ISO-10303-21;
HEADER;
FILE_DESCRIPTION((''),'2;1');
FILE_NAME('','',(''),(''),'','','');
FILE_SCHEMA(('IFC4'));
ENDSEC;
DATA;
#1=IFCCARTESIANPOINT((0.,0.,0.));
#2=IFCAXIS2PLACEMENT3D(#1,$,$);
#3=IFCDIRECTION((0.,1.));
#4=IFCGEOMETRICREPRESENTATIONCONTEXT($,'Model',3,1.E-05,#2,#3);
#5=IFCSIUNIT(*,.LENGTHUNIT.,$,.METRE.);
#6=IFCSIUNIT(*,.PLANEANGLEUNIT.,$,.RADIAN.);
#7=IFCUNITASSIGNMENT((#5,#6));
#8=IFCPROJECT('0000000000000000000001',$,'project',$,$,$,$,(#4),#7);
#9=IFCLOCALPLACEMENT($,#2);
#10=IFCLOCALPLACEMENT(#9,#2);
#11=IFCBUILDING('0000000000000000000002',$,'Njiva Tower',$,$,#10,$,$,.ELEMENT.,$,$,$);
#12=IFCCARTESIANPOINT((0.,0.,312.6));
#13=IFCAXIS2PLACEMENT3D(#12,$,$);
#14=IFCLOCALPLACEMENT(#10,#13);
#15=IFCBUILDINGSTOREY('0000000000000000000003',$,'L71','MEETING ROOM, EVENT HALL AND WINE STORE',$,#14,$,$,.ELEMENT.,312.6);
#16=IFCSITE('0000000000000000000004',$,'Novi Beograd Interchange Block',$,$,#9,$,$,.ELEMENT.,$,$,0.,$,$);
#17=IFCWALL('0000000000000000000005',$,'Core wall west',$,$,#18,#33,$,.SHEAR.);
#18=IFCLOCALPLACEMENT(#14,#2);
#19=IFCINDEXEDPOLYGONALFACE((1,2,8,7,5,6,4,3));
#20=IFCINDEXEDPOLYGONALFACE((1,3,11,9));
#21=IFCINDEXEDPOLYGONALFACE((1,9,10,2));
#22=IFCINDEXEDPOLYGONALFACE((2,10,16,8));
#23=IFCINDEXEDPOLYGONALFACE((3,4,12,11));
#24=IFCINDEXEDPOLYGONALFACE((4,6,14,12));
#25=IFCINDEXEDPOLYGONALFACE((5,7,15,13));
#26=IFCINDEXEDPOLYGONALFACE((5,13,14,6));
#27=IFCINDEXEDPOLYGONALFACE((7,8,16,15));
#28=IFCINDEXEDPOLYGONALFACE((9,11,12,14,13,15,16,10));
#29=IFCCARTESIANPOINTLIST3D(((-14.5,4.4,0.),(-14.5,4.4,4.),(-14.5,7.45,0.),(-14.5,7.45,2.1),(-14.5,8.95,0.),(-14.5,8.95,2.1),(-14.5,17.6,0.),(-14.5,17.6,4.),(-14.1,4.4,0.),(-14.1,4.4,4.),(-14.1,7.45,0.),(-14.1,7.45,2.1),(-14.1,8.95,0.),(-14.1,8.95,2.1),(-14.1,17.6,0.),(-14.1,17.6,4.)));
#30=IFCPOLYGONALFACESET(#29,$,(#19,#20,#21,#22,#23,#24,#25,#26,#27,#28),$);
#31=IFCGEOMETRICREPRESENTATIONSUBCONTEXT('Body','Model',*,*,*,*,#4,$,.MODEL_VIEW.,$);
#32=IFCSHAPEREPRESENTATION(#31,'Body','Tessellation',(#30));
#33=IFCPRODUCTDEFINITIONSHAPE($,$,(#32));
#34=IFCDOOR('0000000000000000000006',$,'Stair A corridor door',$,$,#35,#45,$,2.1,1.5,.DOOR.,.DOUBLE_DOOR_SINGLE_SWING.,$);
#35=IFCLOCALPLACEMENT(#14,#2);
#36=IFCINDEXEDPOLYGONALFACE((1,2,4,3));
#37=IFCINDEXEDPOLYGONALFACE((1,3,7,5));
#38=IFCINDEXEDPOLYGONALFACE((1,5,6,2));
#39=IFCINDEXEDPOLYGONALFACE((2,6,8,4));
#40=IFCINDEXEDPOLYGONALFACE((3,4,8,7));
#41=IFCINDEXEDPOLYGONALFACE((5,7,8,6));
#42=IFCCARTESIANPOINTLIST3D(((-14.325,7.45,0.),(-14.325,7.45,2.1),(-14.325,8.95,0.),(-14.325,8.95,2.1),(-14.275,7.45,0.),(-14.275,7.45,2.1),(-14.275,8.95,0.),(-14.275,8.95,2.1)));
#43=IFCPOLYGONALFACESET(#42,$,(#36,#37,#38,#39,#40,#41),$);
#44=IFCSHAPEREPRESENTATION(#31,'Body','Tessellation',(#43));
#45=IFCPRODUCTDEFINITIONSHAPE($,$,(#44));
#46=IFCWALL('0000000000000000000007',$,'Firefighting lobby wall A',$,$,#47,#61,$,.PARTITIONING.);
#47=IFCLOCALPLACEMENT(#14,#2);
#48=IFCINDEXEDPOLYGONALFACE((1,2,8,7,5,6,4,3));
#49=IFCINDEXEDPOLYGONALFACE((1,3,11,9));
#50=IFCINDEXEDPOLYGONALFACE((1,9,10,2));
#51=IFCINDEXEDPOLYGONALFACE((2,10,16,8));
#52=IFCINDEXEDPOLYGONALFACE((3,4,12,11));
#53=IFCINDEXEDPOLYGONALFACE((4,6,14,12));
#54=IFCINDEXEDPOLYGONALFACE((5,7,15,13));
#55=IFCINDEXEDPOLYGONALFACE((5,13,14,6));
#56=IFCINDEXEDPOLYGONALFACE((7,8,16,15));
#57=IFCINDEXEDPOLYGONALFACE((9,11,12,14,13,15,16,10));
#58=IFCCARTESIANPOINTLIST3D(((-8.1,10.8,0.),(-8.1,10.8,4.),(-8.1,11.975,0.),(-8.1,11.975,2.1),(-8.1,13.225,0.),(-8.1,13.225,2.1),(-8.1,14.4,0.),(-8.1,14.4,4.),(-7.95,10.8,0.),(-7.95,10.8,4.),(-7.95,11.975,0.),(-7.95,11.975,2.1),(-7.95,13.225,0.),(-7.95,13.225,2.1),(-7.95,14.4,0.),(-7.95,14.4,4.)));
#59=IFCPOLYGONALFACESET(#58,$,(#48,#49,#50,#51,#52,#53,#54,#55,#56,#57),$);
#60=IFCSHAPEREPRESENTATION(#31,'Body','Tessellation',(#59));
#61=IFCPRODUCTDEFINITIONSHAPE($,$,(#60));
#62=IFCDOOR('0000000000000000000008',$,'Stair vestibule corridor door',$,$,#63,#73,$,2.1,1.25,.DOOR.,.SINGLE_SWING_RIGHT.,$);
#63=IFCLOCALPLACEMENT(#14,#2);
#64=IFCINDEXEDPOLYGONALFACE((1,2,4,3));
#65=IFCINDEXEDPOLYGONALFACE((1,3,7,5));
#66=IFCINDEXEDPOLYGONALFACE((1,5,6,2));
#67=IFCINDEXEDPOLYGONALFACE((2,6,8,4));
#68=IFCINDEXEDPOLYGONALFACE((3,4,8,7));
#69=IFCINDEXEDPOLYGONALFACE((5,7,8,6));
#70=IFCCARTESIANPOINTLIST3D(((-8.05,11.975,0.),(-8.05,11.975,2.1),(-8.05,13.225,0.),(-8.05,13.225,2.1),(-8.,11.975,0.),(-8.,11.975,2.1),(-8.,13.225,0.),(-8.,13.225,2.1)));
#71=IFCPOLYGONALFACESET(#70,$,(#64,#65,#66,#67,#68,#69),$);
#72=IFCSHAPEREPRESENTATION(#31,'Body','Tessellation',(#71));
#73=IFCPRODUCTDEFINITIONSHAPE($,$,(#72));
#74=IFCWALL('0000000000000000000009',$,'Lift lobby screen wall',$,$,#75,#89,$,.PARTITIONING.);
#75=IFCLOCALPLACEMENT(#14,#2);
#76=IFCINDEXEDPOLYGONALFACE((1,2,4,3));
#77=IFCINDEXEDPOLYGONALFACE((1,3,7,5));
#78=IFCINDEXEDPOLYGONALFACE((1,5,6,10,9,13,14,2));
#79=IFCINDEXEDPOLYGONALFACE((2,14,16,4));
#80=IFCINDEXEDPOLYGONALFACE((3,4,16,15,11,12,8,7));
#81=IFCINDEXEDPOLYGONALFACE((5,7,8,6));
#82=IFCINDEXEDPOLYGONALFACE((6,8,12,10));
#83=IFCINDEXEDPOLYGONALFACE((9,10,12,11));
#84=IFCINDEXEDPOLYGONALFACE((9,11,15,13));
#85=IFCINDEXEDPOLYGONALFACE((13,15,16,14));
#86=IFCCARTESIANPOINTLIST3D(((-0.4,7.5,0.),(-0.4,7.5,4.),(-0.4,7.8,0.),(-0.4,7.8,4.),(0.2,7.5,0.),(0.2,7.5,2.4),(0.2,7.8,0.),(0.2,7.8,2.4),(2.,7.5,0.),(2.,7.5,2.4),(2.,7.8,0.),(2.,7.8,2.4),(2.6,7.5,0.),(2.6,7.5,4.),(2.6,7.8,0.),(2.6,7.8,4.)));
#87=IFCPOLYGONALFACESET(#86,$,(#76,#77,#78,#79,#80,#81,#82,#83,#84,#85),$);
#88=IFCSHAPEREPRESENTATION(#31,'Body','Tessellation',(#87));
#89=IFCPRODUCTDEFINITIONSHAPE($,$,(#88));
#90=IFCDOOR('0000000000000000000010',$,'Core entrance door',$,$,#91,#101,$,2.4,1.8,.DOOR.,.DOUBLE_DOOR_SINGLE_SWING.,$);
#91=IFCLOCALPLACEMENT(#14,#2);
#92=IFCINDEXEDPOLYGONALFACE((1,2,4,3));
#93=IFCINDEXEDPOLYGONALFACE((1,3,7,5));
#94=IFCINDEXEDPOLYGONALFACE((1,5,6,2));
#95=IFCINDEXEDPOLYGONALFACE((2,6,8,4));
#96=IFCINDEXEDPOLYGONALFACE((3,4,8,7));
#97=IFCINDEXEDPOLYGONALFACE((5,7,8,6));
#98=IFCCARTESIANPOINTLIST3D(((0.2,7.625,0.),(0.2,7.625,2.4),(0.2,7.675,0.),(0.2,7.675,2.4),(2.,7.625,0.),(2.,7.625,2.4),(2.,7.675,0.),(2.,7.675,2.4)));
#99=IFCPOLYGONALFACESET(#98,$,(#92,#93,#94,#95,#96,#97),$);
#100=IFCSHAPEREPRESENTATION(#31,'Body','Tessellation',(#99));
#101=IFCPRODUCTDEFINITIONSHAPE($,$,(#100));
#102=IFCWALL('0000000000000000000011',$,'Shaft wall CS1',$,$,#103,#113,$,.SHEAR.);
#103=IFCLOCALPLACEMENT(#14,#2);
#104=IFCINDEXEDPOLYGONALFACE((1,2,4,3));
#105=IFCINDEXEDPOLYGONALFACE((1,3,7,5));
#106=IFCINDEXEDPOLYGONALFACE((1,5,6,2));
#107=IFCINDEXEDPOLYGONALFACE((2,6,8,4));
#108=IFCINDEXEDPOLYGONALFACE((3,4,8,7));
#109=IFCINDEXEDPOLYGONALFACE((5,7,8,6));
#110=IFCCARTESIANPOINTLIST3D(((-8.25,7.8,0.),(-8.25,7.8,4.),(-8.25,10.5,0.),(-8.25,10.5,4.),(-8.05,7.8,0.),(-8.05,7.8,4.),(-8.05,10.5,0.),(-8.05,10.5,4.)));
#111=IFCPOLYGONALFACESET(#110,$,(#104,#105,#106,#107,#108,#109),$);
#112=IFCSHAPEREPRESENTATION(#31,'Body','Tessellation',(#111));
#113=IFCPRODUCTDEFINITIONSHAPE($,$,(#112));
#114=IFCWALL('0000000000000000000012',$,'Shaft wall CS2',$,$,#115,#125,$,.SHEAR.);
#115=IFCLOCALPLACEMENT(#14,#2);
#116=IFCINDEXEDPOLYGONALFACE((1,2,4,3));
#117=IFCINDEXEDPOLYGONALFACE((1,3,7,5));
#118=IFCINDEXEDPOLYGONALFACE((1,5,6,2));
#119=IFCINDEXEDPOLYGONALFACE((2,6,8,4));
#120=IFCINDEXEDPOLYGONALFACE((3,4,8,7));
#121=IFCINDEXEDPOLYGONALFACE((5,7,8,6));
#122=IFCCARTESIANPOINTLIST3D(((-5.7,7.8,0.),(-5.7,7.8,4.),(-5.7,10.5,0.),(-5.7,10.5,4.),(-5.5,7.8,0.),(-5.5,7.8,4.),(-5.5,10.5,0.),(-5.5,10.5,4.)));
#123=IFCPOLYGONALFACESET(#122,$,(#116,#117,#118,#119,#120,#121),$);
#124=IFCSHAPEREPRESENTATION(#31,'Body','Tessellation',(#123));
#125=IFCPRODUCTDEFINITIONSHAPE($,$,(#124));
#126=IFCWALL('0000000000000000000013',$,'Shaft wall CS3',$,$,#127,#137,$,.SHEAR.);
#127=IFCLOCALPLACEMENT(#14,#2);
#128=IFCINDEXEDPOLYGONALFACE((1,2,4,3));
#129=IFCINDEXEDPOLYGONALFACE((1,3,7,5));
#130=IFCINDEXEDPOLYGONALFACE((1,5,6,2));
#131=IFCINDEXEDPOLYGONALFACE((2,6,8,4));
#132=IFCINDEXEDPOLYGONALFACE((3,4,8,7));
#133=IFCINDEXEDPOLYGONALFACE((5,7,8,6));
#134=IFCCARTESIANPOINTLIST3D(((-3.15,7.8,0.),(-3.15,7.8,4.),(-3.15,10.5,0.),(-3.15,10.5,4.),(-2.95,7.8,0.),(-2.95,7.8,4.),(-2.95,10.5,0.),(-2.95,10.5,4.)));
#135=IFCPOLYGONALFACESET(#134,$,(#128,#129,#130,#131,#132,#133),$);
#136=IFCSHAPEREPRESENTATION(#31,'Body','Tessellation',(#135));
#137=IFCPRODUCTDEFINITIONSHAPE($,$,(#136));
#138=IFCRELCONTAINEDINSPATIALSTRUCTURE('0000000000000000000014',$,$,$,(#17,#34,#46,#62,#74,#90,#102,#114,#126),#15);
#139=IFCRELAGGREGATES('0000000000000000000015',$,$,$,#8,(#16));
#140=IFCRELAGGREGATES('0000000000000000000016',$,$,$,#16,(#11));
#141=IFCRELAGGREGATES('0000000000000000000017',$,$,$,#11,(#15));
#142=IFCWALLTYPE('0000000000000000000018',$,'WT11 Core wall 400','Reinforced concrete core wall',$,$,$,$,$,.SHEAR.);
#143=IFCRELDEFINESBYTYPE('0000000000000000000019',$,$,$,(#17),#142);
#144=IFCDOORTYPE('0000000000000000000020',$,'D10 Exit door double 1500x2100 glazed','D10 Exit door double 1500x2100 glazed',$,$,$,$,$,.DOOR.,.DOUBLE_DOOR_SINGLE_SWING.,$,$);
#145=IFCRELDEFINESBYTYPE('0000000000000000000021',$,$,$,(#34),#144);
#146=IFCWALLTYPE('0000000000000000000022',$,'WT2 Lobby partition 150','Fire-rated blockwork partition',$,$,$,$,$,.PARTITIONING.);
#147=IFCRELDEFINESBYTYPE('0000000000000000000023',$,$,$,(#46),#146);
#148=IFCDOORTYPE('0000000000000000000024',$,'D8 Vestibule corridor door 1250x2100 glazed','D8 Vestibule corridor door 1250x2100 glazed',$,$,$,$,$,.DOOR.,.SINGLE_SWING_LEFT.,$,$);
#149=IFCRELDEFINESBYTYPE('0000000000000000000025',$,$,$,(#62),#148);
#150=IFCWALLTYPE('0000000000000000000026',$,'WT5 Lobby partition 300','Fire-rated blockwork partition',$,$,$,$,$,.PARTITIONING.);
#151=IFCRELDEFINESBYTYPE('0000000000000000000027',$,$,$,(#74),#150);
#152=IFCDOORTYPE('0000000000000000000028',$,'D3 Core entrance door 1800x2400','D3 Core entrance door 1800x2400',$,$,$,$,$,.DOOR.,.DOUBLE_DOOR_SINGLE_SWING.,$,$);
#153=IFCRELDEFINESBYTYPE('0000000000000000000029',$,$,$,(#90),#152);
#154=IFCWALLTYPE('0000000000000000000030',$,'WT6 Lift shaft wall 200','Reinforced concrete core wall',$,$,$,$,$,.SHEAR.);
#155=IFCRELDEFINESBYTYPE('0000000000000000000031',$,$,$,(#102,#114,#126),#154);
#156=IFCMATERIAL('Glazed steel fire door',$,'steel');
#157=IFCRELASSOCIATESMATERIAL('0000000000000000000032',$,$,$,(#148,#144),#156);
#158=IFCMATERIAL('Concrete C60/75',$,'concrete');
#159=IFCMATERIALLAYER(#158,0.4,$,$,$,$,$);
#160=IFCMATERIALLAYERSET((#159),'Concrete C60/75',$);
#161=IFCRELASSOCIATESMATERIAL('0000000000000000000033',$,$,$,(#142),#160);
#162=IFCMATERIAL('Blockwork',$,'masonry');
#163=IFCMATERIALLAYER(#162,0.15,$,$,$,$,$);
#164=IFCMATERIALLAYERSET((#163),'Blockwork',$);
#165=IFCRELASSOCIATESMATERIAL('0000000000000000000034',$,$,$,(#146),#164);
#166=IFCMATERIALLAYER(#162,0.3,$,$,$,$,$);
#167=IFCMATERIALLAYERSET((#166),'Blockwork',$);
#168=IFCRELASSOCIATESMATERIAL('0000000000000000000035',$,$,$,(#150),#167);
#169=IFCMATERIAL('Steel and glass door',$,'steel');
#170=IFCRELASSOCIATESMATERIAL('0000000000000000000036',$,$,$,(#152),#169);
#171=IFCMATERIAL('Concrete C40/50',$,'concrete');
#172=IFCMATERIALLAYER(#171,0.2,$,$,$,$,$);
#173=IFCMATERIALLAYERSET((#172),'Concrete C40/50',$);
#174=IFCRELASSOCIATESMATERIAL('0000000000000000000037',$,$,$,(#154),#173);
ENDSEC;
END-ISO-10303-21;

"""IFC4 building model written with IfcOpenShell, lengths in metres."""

from ifc_helpers import new_model, si_unit, direction, frame, frame_2d, origin, place, context, subcontext, project, spatial, rectangle, extrude, material, layer, layer_set, type_object, element, fill, save


model = new_model("IFC4")

# Units and contexts
model_context = context("Model", 3, precision=1e-05, world=origin(), true_north=direction((0.0, 1.0)))
body_context = subcontext(model_context, "Body", "Model", "MODEL_VIEW")
ifc_project = project(units=[si_unit("LENGTHUNIT", "METRE"), si_unit("PLANEANGLEUNIT", "RADIAN")], contexts=[model_context])

# Site, building, storey
site_placement = place(None, origin())
site = spatial("IfcSite", under=ifc_project, at=site_placement, Name="Novi Beograd Interchange Block", CompositionType="ELEMENT", RefElevation=0.0)
building_placement = place(site_placement, origin())
building = spatial("IfcBuilding", under=site, at=building_placement, Name="Njiva Tower", CompositionType="ELEMENT")
storey_placement = place(building_placement, frame((0.0, 0.0, 312.6)))
storey = spatial("IfcBuildingStorey", under=building, at=storey_placement, Name="L71", Description="MEETING ROOM, EVENT HALL AND WINE STORE", CompositionType="ELEMENT", Elevation=312.6)

# Shared definitions
ifc_material_1 = material(Name="Blockwork", Category="masonry")

# Shared definitions
ifc_material_2 = material(Name="Concrete C40/50", Category="concrete")
ifc_material_3 = material(Name="Glazed steel fire door", Category="steel")
door_type_1 = type_object("IfcDoorType", Name="D8 Vestibule corridor door 1250x2100 glazed", Description="D8 Vestibule corridor door 1250x2100 glazed", OperationType="SINGLE_SWING_LEFT", PredefinedType="DOOR", material=ifc_material_3)

# Walls, openings, doors
ifc_material_4 = material(Name="Concrete C60/75", Category="concrete")
ifc_layer_1 = layer(ifc_material_4, 0.4)
ifc_layer_set_1 = layer_set([ifc_layer_1], Name="Concrete C60/75")
wall_type_1 = type_object("IfcWallType", Name="WT11 Core wall 400", Description="Reinforced concrete core wall", PredefinedType="SHEAR", material=ifc_layer_set_1)
wall_1_placement = place(storey_placement, frame((-14.3, 4.4, 0.0), z_axis=(0.0, 0.0, 1.0), x_axis=(0.0, 1.0, 0.0)))
wall_1 = element("IfcWall", 1, at=wall_1_placement, inside=storey, type_object=wall_type_1, Name="Core wall west", PredefinedType="SHEAR", context=body_context, shape_type="SweptSolid", body=[
    extrude(rectangle(XDim=13.2, YDim=0.4, at=frame_2d((6.6, 0.0))), origin(), (0.0, 0.0, 1.0), 4.0),
])
opening_1_placement = place(wall_1_placement, frame((3.05, 0.0, 0.0)))
opening_1 = element("IfcOpeningElement", 2, at=opening_1_placement, cuts=wall_1, PredefinedType="OPENING", context=body_context, shape_type="SweptSolid", body=[
    extrude(rectangle(XDim=1.5, YDim=2.1, at=frame_2d((0.75, 1.05))), frame((0.0, 0.21, 0.0), z_axis=(0.0, -1.0, 0.0), x_axis=(1.0, 0.0, 0.0)), (0.0, 0.0, 1.0), 0.42),
])
door_type_2 = type_object("IfcDoorType", Name="D10 Exit door double 1500x2100 glazed", Description="D10 Exit door double 1500x2100 glazed", OperationType="DOUBLE_DOOR_SINGLE_SWING", PredefinedType="DOOR", material=ifc_material_3)
door_1_placement = place(opening_1_placement, origin())
door_1 = element("IfcDoor", 3, at=door_1_placement, inside=storey, type_object=door_type_2, Name="Stair A corridor door", OperationType="DOUBLE_DOOR_SINGLE_SWING", OverallHeight=2.1, OverallWidth=1.5, PredefinedType="DOOR", context=body_context, shape_type="SweptSolid", body=[
    extrude(rectangle(XDim=1.5, YDim=2.1, at=frame_2d((0.75, 1.05))), frame((0.0, 0.025, 0.0), z_axis=(0.0, -1.0, 0.0), x_axis=(1.0, 0.0, 0.0)), (0.0, 0.0, 1.0), 0.05),
])
fill(opening_1, door_1)
ifc_layer_2 = layer(ifc_material_1, 0.15)
ifc_layer_set_2 = layer_set([ifc_layer_2], Name="Blockwork")
wall_type_2 = type_object("IfcWallType", Name="WT2 Lobby partition 150", Description="Fire-rated blockwork partition", PredefinedType="PARTITIONING", material=ifc_layer_set_2)
wall_2_placement = place(storey_placement, frame((-8.025, 10.8, 0.0), z_axis=(0.0, 0.0, 1.0), x_axis=(0.0, 1.0, 0.0)))
wall_2 = element("IfcWall", 4, at=wall_2_placement, inside=storey, type_object=wall_type_2, Name="Firefighting lobby wall A", PredefinedType="PARTITIONING", context=body_context, shape_type="SweptSolid", body=[
    extrude(rectangle(XDim=3.6, YDim=0.15, at=frame_2d((1.8, 0.0))), origin(), (0.0, 0.0, 1.0), 4.0),
])
opening_2_placement = place(wall_2_placement, frame((1.175, 0.0, 0.0)))
opening_2 = element("IfcOpeningElement", 5, at=opening_2_placement, cuts=wall_2, PredefinedType="OPENING", context=body_context, shape_type="SweptSolid", body=[
    extrude(rectangle(XDim=1.25, YDim=2.1, at=frame_2d((0.625, 1.05))), frame((0.0, 0.085, 0.0), z_axis=(0.0, -1.0, 0.0), x_axis=(1.0, 0.0, 0.0)), (0.0, 0.0, 1.0), 0.17),
])
door_2_placement = place(opening_2_placement, origin())
door_2 = element("IfcDoor", 6, at=door_2_placement, inside=storey, type_object=door_type_1, Name="Stair vestibule corridor door", OperationType="SINGLE_SWING_RIGHT", OverallHeight=2.1, OverallWidth=1.25, PredefinedType="DOOR", context=body_context, shape_type="SweptSolid", body=[
    extrude(rectangle(XDim=1.25, YDim=2.1, at=frame_2d((0.625, 1.05))), frame((0.0, 0.025, 0.0), z_axis=(0.0, -1.0, 0.0), x_axis=(1.0, 0.0, 0.0)), (0.0, 0.0, 1.0), 0.05),
])
fill(opening_2, door_2)
ifc_layer_3 = layer(ifc_material_1, 0.3)
ifc_layer_set_3 = layer_set([ifc_layer_3], Name="Blockwork")
wall_type_3 = type_object("IfcWallType", Name="WT5 Lobby partition 300", Description="Fire-rated blockwork partition", PredefinedType="PARTITIONING", material=ifc_layer_set_3)
wall_3_placement = place(storey_placement, frame((-0.4, 7.65, 0.0), z_axis=(0.0, 0.0, 1.0), x_axis=(1.0, 0.0, 0.0)))
wall_3 = element("IfcWall", 7, at=wall_3_placement, inside=storey, type_object=wall_type_3, Name="Lift lobby screen wall", PredefinedType="PARTITIONING", context=body_context, shape_type="SweptSolid", body=[
    extrude(rectangle(XDim=3.0, YDim=0.3, at=frame_2d((1.5, 0.0))), origin(), (0.0, 0.0, 1.0), 4.0),
])
opening_3_placement = place(wall_3_placement, frame((0.6, 0.0, 0.0)))
opening_3 = element("IfcOpeningElement", 8, at=opening_3_placement, cuts=wall_3, PredefinedType="OPENING", context=body_context, shape_type="SweptSolid", body=[
    extrude(rectangle(XDim=1.8, YDim=2.4, at=frame_2d((0.9, 1.2))), frame((0.0, 0.16, 0.0), z_axis=(0.0, -1.0, 0.0), x_axis=(1.0, 0.0, 0.0)), (0.0, 0.0, 1.0), 0.32),
])
ifc_material_5 = material(Name="Steel and glass door", Category="steel")
door_type_3 = type_object("IfcDoorType", Name="D3 Core entrance door 1800x2400", Description="D3 Core entrance door 1800x2400", OperationType="DOUBLE_DOOR_SINGLE_SWING", PredefinedType="DOOR", material=ifc_material_5)
door_3_placement = place(opening_3_placement, origin())
door_3 = element("IfcDoor", 9, at=door_3_placement, inside=storey, type_object=door_type_3, Name="Core entrance door", OperationType="DOUBLE_DOOR_SINGLE_SWING", OverallHeight=2.4, OverallWidth=1.8, PredefinedType="DOOR", context=body_context, shape_type="SweptSolid", body=[
    extrude(rectangle(XDim=1.8, YDim=2.4, at=frame_2d((0.9, 1.2))), frame((0.0, 0.025, 0.0), z_axis=(0.0, -1.0, 0.0), x_axis=(1.0, 0.0, 0.0)), (0.0, 0.0, 1.0), 0.05),
])
fill(opening_3, door_3)

# Walls
ifc_layer_4 = layer(ifc_material_2, 0.2)
ifc_layer_set_4 = layer_set([ifc_layer_4], Name="Concrete C40/50")
wall_type_4 = type_object("IfcWallType", Name="WT6 Lift shaft wall 200", Description="Reinforced concrete core wall", PredefinedType="SHEAR", material=ifc_layer_set_4)
for number, where, z_axis, x_axis, name in (
    (10, (-8.15, 7.8, 0.0), (0.0, 0.0, 1.0), (0.0, 1.0, 0.0), "Shaft wall CS1"),
    (11, (-5.6, 7.8, 0.0), (0.0, 0.0, 1.0), (0.0, 1.0, 0.0), "Shaft wall CS2"),
    (12, (-3.05, 7.8, 0.0), (0.0, 0.0, 1.0), (0.0, 1.0, 0.0), "Shaft wall CS3"),
):
    element("IfcWall", number, at=place(storey_placement, frame(where, z_axis=z_axis, x_axis=x_axis)), inside=storey, type_object=wall_type_4, Name=name, PredefinedType="SHEAR", context=body_context, shape_type="SweptSolid", body=[
        extrude(rectangle(XDim=2.7, YDim=0.2, at=frame_2d((1.35, 0.0))), origin(), (0.0, 0.0, 1.0), 4.0),
    ])

save(model, "model.ifc")
